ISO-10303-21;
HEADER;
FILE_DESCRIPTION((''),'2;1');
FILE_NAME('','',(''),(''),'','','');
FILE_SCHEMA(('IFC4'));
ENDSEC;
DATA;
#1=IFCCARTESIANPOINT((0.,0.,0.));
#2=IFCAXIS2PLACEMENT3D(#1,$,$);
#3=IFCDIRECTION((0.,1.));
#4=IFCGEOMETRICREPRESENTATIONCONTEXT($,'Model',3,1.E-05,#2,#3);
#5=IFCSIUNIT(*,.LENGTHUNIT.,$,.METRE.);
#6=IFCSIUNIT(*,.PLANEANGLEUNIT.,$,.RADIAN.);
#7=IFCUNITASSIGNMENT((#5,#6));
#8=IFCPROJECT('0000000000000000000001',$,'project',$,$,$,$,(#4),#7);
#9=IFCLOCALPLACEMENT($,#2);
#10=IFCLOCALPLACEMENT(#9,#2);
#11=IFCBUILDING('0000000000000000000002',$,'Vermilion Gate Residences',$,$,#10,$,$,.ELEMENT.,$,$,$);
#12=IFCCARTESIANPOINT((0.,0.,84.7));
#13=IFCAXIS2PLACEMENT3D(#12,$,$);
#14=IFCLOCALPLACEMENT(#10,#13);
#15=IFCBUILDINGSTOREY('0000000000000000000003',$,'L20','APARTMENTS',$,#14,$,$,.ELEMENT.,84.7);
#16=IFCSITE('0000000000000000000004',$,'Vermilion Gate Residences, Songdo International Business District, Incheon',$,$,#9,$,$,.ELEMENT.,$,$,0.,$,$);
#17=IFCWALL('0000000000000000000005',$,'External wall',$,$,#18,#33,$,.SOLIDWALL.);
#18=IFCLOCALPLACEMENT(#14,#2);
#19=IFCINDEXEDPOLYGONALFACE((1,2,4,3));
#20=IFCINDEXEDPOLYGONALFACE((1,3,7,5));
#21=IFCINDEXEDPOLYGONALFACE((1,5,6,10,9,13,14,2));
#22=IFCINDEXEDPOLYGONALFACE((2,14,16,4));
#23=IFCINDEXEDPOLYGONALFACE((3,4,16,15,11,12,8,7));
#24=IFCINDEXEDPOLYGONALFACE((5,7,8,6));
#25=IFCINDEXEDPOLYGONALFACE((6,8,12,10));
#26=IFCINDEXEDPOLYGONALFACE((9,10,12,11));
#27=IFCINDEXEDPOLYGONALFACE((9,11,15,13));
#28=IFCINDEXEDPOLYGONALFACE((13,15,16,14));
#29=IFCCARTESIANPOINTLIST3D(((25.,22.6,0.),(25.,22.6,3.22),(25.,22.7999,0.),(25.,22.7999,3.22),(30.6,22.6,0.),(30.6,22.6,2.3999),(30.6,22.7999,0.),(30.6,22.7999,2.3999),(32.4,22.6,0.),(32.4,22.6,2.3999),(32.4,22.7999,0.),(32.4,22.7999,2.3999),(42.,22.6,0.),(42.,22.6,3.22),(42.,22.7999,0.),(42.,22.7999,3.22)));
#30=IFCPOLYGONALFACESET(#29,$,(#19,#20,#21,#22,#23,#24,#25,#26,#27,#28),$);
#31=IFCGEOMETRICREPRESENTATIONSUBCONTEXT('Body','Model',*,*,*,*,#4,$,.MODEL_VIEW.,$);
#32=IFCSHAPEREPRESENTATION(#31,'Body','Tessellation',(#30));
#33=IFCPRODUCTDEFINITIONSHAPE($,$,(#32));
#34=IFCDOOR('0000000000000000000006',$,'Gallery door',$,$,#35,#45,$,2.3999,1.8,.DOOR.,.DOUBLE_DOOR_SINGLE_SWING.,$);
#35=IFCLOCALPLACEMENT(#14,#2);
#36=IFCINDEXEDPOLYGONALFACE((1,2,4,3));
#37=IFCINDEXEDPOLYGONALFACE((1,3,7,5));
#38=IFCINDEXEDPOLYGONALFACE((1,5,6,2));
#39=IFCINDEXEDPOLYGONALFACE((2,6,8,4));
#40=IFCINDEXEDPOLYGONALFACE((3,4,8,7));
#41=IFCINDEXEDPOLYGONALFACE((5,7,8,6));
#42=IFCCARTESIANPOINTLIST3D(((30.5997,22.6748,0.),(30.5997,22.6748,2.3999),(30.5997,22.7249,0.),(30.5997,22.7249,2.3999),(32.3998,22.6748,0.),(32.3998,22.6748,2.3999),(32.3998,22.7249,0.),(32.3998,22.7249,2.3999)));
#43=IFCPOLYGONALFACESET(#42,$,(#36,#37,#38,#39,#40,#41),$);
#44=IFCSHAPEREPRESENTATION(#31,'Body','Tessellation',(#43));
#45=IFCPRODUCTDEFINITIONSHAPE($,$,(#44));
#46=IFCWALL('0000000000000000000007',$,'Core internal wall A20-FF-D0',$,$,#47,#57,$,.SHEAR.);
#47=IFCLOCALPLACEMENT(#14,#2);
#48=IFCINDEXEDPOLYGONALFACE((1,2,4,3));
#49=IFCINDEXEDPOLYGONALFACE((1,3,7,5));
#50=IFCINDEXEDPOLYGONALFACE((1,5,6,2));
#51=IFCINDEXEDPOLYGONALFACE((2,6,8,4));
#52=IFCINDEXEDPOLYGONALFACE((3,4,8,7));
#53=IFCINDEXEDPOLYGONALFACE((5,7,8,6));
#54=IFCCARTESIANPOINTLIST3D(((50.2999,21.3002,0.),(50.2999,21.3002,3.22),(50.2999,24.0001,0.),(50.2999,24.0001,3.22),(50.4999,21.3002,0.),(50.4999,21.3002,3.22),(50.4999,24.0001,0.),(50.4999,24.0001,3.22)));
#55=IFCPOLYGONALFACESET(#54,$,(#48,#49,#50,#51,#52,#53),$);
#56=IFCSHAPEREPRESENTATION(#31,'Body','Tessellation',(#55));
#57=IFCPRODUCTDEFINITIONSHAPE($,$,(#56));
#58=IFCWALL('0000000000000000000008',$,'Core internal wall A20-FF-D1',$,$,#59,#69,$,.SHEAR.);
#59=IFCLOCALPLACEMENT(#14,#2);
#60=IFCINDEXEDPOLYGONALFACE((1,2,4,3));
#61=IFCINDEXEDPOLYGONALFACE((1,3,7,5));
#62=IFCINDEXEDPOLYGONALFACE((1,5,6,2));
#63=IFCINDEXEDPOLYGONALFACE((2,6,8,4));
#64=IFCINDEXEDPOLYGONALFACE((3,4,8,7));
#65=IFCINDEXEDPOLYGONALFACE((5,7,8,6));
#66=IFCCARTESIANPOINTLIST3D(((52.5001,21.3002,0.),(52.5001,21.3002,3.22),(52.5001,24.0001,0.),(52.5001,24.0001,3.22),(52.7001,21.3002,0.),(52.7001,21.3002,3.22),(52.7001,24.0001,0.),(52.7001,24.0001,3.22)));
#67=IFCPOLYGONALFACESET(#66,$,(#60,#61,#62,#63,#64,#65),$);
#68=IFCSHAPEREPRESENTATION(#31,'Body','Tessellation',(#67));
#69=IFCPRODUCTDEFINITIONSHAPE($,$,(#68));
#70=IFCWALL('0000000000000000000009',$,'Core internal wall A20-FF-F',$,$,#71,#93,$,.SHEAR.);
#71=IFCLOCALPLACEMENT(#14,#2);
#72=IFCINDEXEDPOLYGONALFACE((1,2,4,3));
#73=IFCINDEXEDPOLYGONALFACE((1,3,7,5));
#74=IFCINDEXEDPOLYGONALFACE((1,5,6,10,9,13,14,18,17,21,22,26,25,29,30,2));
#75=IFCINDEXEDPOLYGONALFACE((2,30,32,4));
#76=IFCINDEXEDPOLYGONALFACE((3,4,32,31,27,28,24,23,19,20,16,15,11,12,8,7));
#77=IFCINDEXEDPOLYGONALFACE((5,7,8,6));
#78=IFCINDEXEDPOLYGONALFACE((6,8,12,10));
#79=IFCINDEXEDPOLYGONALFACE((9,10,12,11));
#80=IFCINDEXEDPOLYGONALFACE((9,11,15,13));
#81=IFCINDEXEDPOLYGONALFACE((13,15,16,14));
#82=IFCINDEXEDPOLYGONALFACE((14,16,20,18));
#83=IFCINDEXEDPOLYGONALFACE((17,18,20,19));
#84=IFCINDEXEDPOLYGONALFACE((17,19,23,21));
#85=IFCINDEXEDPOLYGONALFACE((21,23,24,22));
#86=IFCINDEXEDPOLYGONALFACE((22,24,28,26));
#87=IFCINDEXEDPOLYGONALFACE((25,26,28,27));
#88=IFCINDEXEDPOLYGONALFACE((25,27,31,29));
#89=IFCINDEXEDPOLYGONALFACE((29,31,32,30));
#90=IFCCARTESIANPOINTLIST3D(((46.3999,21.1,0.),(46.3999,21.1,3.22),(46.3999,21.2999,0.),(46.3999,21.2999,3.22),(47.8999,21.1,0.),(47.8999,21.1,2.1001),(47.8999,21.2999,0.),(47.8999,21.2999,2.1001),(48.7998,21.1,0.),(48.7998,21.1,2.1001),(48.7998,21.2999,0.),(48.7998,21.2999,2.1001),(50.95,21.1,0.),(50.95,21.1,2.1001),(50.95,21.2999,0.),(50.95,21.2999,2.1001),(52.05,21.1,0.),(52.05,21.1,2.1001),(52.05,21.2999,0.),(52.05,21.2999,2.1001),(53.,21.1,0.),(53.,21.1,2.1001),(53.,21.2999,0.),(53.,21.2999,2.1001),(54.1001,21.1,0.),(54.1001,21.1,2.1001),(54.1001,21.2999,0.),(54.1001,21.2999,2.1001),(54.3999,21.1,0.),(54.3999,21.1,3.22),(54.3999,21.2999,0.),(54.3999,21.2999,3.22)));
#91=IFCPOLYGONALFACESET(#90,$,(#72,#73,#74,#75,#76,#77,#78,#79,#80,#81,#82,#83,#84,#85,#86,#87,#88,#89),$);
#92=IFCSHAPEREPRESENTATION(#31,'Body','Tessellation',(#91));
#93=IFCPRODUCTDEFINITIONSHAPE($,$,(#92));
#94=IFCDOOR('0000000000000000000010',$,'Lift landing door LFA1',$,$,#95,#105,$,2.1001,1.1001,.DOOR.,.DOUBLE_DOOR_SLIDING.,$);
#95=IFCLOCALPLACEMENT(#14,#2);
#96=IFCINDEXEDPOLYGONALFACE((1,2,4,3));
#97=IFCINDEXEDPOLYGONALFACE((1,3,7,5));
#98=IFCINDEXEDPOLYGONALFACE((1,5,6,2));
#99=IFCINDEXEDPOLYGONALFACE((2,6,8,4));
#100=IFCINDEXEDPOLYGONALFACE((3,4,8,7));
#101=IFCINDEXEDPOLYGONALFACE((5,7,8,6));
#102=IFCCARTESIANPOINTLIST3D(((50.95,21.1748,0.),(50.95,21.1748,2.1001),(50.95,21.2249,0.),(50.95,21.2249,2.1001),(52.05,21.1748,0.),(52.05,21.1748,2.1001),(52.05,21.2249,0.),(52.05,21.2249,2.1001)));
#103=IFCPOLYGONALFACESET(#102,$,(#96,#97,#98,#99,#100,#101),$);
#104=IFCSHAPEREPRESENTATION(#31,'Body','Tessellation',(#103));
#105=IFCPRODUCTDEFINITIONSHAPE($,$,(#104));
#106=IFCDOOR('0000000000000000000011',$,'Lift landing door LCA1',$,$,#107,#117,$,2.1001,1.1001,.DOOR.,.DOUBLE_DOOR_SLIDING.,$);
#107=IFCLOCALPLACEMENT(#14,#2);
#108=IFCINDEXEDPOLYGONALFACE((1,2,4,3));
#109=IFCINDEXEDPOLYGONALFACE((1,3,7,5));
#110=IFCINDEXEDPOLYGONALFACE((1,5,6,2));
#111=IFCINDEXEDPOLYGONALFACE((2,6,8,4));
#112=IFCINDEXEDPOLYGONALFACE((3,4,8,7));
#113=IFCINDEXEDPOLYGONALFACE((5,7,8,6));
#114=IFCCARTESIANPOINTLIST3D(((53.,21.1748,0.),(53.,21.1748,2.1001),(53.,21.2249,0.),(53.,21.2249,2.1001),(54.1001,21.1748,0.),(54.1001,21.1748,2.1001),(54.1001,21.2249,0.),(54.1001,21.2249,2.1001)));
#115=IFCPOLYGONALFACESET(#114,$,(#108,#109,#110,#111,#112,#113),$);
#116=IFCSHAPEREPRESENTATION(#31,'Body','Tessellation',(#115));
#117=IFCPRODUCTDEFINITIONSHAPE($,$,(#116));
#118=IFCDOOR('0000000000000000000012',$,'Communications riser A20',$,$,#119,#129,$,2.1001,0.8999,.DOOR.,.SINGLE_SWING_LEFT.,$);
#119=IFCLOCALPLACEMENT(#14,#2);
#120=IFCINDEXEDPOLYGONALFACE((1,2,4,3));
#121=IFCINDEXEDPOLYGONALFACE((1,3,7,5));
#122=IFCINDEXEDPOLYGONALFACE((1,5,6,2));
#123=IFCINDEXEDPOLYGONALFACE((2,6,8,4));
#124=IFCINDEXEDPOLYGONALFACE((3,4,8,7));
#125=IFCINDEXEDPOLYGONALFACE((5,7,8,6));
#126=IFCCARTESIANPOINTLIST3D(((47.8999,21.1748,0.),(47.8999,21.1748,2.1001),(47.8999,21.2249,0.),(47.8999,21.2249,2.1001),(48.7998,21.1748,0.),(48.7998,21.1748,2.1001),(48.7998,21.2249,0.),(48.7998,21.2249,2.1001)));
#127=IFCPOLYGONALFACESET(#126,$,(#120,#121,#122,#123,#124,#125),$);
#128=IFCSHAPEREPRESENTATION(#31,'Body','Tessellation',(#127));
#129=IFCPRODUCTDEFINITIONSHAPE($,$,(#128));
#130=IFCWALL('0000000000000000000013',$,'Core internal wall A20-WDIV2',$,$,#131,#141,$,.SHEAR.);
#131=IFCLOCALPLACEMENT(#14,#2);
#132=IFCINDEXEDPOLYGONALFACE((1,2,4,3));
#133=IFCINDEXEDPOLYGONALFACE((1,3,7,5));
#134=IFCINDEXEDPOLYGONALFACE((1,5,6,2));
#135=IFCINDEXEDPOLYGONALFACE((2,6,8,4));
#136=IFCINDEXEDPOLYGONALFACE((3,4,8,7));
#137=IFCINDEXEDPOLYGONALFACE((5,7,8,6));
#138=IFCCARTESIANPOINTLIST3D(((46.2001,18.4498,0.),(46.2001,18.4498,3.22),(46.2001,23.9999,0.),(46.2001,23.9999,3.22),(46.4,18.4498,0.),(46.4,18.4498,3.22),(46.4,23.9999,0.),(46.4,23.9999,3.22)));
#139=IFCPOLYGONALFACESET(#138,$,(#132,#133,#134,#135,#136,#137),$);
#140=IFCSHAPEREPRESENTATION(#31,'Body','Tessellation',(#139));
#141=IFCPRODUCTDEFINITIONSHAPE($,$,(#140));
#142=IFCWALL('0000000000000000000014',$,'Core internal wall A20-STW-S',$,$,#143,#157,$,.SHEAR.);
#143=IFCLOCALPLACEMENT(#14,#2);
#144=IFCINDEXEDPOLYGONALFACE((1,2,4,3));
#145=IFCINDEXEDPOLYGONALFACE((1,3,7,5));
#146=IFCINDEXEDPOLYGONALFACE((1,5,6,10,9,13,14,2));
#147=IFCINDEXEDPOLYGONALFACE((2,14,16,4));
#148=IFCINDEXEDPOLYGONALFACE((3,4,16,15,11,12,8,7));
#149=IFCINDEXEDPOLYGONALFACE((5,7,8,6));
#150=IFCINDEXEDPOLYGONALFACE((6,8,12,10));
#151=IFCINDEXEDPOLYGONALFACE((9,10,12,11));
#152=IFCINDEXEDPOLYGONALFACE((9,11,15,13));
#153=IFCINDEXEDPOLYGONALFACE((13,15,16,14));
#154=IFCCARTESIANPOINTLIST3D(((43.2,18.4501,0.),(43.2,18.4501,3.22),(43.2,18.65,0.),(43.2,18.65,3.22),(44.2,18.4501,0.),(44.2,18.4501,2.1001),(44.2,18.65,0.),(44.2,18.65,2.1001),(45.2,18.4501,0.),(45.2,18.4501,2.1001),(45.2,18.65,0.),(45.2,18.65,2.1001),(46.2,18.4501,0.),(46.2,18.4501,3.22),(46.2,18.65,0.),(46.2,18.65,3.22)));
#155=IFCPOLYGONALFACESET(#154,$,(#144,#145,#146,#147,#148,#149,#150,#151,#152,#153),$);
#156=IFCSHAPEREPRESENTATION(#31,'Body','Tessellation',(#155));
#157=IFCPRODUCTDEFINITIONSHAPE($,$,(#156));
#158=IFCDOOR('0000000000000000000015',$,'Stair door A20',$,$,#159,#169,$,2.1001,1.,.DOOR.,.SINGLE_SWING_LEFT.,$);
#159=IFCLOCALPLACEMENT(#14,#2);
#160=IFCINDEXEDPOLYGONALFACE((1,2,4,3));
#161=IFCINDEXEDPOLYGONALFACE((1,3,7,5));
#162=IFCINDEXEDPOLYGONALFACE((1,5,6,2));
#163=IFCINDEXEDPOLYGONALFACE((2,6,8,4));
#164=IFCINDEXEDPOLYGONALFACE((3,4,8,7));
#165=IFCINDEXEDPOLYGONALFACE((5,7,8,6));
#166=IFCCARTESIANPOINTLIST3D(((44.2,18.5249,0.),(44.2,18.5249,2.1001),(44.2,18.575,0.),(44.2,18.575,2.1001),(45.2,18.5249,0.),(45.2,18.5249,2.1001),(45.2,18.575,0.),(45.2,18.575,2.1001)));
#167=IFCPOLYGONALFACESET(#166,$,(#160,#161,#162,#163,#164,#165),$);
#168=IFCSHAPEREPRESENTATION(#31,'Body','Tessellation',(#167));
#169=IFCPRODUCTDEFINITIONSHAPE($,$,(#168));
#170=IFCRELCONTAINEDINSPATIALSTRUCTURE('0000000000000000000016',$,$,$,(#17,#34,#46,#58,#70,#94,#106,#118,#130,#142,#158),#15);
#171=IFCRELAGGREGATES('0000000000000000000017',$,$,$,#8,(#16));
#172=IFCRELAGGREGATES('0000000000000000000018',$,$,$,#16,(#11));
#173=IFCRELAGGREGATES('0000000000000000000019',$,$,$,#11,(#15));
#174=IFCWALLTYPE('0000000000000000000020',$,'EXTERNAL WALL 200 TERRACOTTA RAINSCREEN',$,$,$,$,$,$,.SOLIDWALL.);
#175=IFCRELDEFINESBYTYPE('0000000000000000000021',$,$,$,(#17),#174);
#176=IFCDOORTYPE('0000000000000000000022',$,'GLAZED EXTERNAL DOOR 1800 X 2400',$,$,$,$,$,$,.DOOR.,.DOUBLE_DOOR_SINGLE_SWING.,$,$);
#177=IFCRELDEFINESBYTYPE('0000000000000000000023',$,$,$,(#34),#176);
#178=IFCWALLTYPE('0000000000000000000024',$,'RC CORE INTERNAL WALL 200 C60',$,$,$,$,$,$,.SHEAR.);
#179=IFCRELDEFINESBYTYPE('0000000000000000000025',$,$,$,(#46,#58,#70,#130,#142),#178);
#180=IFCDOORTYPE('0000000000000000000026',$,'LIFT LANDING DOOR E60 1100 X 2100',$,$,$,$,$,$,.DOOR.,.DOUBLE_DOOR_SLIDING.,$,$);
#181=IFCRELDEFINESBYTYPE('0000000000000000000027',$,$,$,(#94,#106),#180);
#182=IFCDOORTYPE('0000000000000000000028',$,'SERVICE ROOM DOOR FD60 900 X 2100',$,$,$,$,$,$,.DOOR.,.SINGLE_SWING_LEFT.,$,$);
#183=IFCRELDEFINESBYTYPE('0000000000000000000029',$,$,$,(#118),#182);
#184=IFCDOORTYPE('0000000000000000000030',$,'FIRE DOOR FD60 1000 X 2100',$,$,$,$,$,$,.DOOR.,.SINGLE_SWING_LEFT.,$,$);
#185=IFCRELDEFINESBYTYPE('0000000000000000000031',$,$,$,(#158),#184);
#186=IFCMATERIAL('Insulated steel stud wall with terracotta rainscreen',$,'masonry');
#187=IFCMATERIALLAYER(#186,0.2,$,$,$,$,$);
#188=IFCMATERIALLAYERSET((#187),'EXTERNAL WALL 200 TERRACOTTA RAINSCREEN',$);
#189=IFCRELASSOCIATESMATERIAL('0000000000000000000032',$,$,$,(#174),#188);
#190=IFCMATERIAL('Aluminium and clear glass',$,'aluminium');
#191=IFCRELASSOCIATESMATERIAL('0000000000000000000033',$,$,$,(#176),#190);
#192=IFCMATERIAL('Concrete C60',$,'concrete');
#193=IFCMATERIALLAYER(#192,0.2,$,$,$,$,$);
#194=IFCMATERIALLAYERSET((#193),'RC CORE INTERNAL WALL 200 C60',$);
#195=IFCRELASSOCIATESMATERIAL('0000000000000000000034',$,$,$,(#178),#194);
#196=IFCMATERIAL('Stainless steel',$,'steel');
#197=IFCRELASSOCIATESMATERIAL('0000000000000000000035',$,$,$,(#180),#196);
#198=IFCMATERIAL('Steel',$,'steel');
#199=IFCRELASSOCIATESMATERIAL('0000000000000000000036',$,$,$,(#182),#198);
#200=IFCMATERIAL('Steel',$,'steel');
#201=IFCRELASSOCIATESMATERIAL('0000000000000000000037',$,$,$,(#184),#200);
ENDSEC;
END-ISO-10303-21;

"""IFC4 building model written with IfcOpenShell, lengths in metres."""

from ifc_helpers import new_model, si_unit, direction, frame, frame_2d, origin, place, context, subcontext, project, spatial, rectangle, extrude, material, layer, layer_set, type_object, element, fill, save


model = new_model("IFC4")

# Units and contexts
model_context = context("Model", 3, precision=1e-05, world=origin(), true_north=direction((0.0, 1.0)))
body_context = subcontext(model_context, "Body", "Model", "MODEL_VIEW")
ifc_project = project(units=[si_unit("LENGTHUNIT", "METRE"), si_unit("PLANEANGLEUNIT", "RADIAN")], contexts=[model_context])

# Site, building, storey
site_placement = place(None, origin())
site = spatial("IfcSite", under=ifc_project, at=site_placement, Name="Vermilion Gate Residences, Songdo International Business District, Incheon", CompositionType="ELEMENT", RefElevation=0.0)
building_placement = place(site_placement, origin())
building = spatial("IfcBuilding", under=site, at=building_placement, Name="Vermilion Gate Residences", CompositionType="ELEMENT")
storey_placement = place(building_placement, frame((0.0, 0.0, 84.7)))
storey = spatial("IfcBuildingStorey", under=building, at=storey_placement, Name="L20", Description="APARTMENTS", CompositionType="ELEMENT", Elevation=84.7)

# Wall, opening, door
ifc_material_1 = material(Name="Insulated steel stud wall with terracotta rainscreen", Category="masonry")
ifc_layer_1 = layer(ifc_material_1, 0.2)
ifc_layer_set_1 = layer_set([ifc_layer_1], Name="EXTERNAL WALL 200 TERRACOTTA RAINSCREEN")
wall_type_1 = type_object("IfcWallType", Name="EXTERNAL WALL 200 TERRACOTTA RAINSCREEN", PredefinedType="SOLIDWALL", material=ifc_layer_set_1)
wall_1_placement = place(storey_placement, frame((42.0, 22.7, 0.0), z_axis=(0.0, 0.0, 1.0), x_axis=(-1.0, 0.0, 0.0)))
wall_1 = element("IfcWall", 1, at=wall_1_placement, inside=storey, type_object=wall_type_1, Name="External wall", PredefinedType="SOLIDWALL", context=body_context, shape_type="SweptSolid", body=[
    extrude(rectangle(XDim=17.0, YDim=0.2, at=frame_2d((8.5, 0.0))), origin(), (0.0, 0.0, 1.0), 3.22),
])
opening_1_placement = place(wall_1_placement, frame((9.6001, 0.0, 0.0)))
opening_1 = element("IfcOpeningElement", 2, at=opening_1_placement, cuts=wall_1, PredefinedType="OPENING", context=body_context, shape_type="SweptSolid", body=[
    extrude(rectangle(XDim=1.8, YDim=2.3999, at=frame_2d((0.8999, 1.2))), frame((0.0, 0.1099, 0.0), z_axis=(0.0, -1.0, 0.0), x_axis=(1.0, 0.0, 0.0)), (0.0, 0.0, 1.0), 0.22),
])
ifc_material_2 = material(Name="Aluminium and clear glass", Category="aluminium")
door_type_1 = type_object("IfcDoorType", Name="GLAZED EXTERNAL DOOR 1800 X 2400", OperationType="DOUBLE_DOOR_SINGLE_SWING", PredefinedType="DOOR", material=ifc_material_2)
door_1_placement = place(opening_1_placement, frame((1.8, 0.0, 0.0), z_axis=(0.0, 0.0, 1.0), x_axis=(-1.0, 0.0, 0.0)))
door_1 = element("IfcDoor", 3, at=door_1_placement, inside=storey, type_object=door_type_1, Name="Gallery door", OperationType="DOUBLE_DOOR_SINGLE_SWING", OverallHeight=2.3999, OverallWidth=1.8, PredefinedType="DOOR", context=body_context, shape_type="SweptSolid", body=[
    extrude(rectangle(XDim=1.8, YDim=2.3999, at=frame_2d((0.8999, 1.2))), frame((0.0, 0.0249, 0.0), z_axis=(0.0, -1.0, 0.0), x_axis=(1.0, 0.0, 0.0)), (0.0, 0.0, 1.0), 0.05),
])
fill(opening_1, door_1)

# Walls
ifc_material_3 = material(Name="Concrete C60", Category="concrete")
ifc_layer_2 = layer(ifc_material_3, 0.2)
ifc_layer_set_2 = layer_set([ifc_layer_2], Name="RC CORE INTERNAL WALL 200 C60")
wall_type_2 = type_object("IfcWallType", Name="RC CORE INTERNAL WALL 200 C60", PredefinedType="SHEAR", material=ifc_layer_set_2)
for number, where, z_axis, x_axis, name in (
    (4, (50.3999, 21.3, 0.0), (0.0, 0.0, 1.0), (0.0, 1.0, 0.0), "Core internal wall A20-FF-D0"),
    (5, (52.6001, 21.3, 0.0), (0.0, 0.0, 1.0), (0.0, 1.0, 0.0), "Core internal wall A20-FF-D1"),
):
    element("IfcWall", number, at=place(storey_placement, frame(where, z_axis=z_axis, x_axis=x_axis)), inside=storey, type_object=wall_type_2, Name=name, PredefinedType="SHEAR", context=body_context, shape_type="SweptSolid", body=[
        extrude(rectangle(XDim=2.7, YDim=0.2, at=frame_2d((1.3501, 0.0))), origin(), (0.0, 0.0, 1.0), 3.22),
    ])

# Wall, openings, doors
wall_2_placement = place(storey_placement, frame((46.3999, 21.2, 0.0), z_axis=(0.0, 0.0, 1.0), x_axis=(1.0, 0.0, 0.0)))
wall_2 = element("IfcWall", 6, at=wall_2_placement, inside=storey, type_object=wall_type_2, Name="Core internal wall A20-FF-F", PredefinedType="SHEAR", context=body_context, shape_type="SweptSolid", body=[
    extrude(rectangle(XDim=8.0, YDim=0.2, at=frame_2d((4.0, 0.0))), origin(), (0.0, 0.0, 1.0), 3.22),
])
opening_2_placement = place(wall_2_placement, frame((1.5, 0.0, 0.0)))
opening_2 = element("IfcOpeningElement", 7, at=opening_2_placement, cuts=wall_2, PredefinedType="OPENING", context=body_context, shape_type="SweptSolid", body=[
    extrude(rectangle(XDim=0.8999, YDim=2.1001, at=frame_2d((0.45, 1.05))), frame((0.0, 0.1099, 0.0), z_axis=(0.0, -1.0, 0.0), x_axis=(1.0, 0.0, 0.0)), (0.0, 0.0, 1.0), 0.22),
])
opening_3_placement = place(wall_2_placement, frame((4.55, 0.0, 0.0)))
opening_3 = element("IfcOpeningElement", 8, at=opening_3_placement, cuts=wall_2, PredefinedType="OPENING", context=body_context, shape_type="SweptSolid", body=[
    extrude(rectangle(XDim=1.1001, YDim=2.1001, at=frame_2d((0.55, 1.05))), frame((0.0, 0.1099, 0.0), z_axis=(0.0, -1.0, 0.0), x_axis=(1.0, 0.0, 0.0)), (0.0, 0.0, 1.0), 0.22),
])
opening_4_placement = place(wall_2_placement, frame((6.6001, 0.0, 0.0)))
opening_4 = element("IfcOpeningElement", 9, at=opening_4_placement, cuts=wall_2, PredefinedType="OPENING", context=body_context, shape_type="SweptSolid", body=[
    extrude(rectangle(XDim=1.1001, YDim=2.1001, at=frame_2d((0.55, 1.05))), frame((0.0, 0.1099, 0.0), z_axis=(0.0, -1.0, 0.0), x_axis=(1.0, 0.0, 0.0)), (0.0, 0.0, 1.0), 0.22),
])
ifc_material_4 = material(Name="Stainless steel", Category="steel")
door_type_2 = type_object("IfcDoorType", Name="LIFT LANDING DOOR E60 1100 X 2100", OperationType="DOUBLE_DOOR_SLIDING", PredefinedType="DOOR", material=ifc_material_4)
door_2_placement = place(opening_3_placement, origin())
door_2 = element("IfcDoor", 10, at=door_2_placement, inside=storey, type_object=door_type_2, Name="Lift landing door LFA1", OperationType="DOUBLE_DOOR_SLIDING", OverallHeight=2.1001, OverallWidth=1.1001, PredefinedType="DOOR", context=body_context, shape_type="SweptSolid", body=[
    extrude(rectangle(XDim=1.1001, YDim=2.1001, at=frame_2d((0.55, 1.05))), frame((0.0, 0.0249, 0.0), z_axis=(0.0, -1.0, 0.0), x_axis=(1.0, 0.0, 0.0)), (0.0, 0.0, 1.0), 0.05),
])
fill(opening_3, door_2)
door_3_placement = place(opening_4_placement, origin())
door_3 = element("IfcDoor", 11, at=door_3_placement, inside=storey, type_object=door_type_2, Name="Lift landing door LCA1", OperationType="DOUBLE_DOOR_SLIDING", OverallHeight=2.1001, OverallWidth=1.1001, PredefinedType="DOOR", context=body_context, shape_type="SweptSolid", body=[
    extrude(rectangle(XDim=1.1001, YDim=2.1001, at=frame_2d((0.55, 1.05))), frame((0.0, 0.0249, 0.0), z_axis=(0.0, -1.0, 0.0), x_axis=(1.0, 0.0, 0.0)), (0.0, 0.0, 1.0), 0.05),
])
fill(opening_4, door_3)
ifc_material_5 = material(Name="Steel", Category="steel")
door_type_3 = type_object("IfcDoorType", Name="SERVICE ROOM DOOR FD60 900 X 2100", OperationType="SINGLE_SWING_LEFT", PredefinedType="DOOR", material=ifc_material_5)
door_4_placement = place(opening_2_placement, origin())
door_4 = element("IfcDoor", 12, at=door_4_placement, inside=storey, type_object=door_type_3, Name="Communications riser A20", OperationType="SINGLE_SWING_LEFT", OverallHeight=2.1001, OverallWidth=0.8999, PredefinedType="DOOR", context=body_context, shape_type="SweptSolid", body=[
    extrude(rectangle(XDim=0.8999, YDim=2.1001, at=frame_2d((0.45, 1.05))), frame((0.0, 0.0249, 0.0), z_axis=(0.0, -1.0, 0.0), x_axis=(1.0, 0.0, 0.0)), (0.0, 0.0, 1.0), 0.05),
])
fill(opening_2, door_4)

# Wall
wall_3_placement = place(storey_placement, frame((46.3, 18.45, 0.0), z_axis=(0.0, 0.0, 1.0), x_axis=(0.0, 1.0, 0.0)))
element("IfcWall", 13, at=wall_3_placement, inside=storey, type_object=wall_type_2, Name="Core internal wall A20-WDIV2", PredefinedType="SHEAR", context=body_context, shape_type="SweptSolid", body=[
    extrude(rectangle(XDim=5.55, YDim=0.2, at=frame_2d((2.7749, 0.0))), origin(), (0.0, 0.0, 1.0), 3.22),
])

# Wall, opening, door
wall_4_placement = place(storey_placement, frame((43.2, 18.55, 0.0), z_axis=(0.0, 0.0, 1.0), x_axis=(1.0, 0.0, 0.0)))
wall_4 = element("IfcWall", 14, at=wall_4_placement, inside=storey, type_object=wall_type_2, Name="Core internal wall A20-STW-S", PredefinedType="SHEAR", context=body_context, shape_type="SweptSolid", body=[
    extrude(rectangle(XDim=3.0, YDim=0.2, at=frame_2d((1.5, 0.0))), origin(), (0.0, 0.0, 1.0), 3.22),
])
opening_5_placement = place(wall_4_placement, frame((1.0, 0.0, 0.0)))
opening_5 = element("IfcOpeningElement", 15, at=opening_5_placement, cuts=wall_4, PredefinedType="OPENING", context=body_context, shape_type="SweptSolid", body=[
    extrude(rectangle(XDim=1.0, YDim=2.1001, at=frame_2d((0.5, 1.05))), frame((0.0, 0.1099, 0.0), z_axis=(0.0, -1.0, 0.0), x_axis=(1.0, 0.0, 0.0)), (0.0, 0.0, 1.0), 0.22),
])
ifc_material_6 = material(Name="Steel", Category="steel")
door_type_4 = type_object("IfcDoorType", Name="FIRE DOOR FD60 1000 X 2100", OperationType="SINGLE_SWING_LEFT", PredefinedType="DOOR", material=ifc_material_6)
door_5_placement = place(opening_5_placement, origin())
door_5 = element("IfcDoor", 16, at=door_5_placement, inside=storey, type_object=door_type_4, Name="Stair door A20", OperationType="SINGLE_SWING_LEFT", OverallHeight=2.1001, OverallWidth=1.0, PredefinedType="DOOR", context=body_context, shape_type="SweptSolid", body=[
    extrude(rectangle(XDim=1.0, YDim=2.1001, at=frame_2d((0.5, 1.05))), frame((0.0, 0.0249, 0.0), z_axis=(0.0, -1.0, 0.0), x_axis=(1.0, 0.0, 0.0)), (0.0, 0.0, 1.0), 0.05),
])
fill(opening_5, door_5)

save(model, "model.ifc")
